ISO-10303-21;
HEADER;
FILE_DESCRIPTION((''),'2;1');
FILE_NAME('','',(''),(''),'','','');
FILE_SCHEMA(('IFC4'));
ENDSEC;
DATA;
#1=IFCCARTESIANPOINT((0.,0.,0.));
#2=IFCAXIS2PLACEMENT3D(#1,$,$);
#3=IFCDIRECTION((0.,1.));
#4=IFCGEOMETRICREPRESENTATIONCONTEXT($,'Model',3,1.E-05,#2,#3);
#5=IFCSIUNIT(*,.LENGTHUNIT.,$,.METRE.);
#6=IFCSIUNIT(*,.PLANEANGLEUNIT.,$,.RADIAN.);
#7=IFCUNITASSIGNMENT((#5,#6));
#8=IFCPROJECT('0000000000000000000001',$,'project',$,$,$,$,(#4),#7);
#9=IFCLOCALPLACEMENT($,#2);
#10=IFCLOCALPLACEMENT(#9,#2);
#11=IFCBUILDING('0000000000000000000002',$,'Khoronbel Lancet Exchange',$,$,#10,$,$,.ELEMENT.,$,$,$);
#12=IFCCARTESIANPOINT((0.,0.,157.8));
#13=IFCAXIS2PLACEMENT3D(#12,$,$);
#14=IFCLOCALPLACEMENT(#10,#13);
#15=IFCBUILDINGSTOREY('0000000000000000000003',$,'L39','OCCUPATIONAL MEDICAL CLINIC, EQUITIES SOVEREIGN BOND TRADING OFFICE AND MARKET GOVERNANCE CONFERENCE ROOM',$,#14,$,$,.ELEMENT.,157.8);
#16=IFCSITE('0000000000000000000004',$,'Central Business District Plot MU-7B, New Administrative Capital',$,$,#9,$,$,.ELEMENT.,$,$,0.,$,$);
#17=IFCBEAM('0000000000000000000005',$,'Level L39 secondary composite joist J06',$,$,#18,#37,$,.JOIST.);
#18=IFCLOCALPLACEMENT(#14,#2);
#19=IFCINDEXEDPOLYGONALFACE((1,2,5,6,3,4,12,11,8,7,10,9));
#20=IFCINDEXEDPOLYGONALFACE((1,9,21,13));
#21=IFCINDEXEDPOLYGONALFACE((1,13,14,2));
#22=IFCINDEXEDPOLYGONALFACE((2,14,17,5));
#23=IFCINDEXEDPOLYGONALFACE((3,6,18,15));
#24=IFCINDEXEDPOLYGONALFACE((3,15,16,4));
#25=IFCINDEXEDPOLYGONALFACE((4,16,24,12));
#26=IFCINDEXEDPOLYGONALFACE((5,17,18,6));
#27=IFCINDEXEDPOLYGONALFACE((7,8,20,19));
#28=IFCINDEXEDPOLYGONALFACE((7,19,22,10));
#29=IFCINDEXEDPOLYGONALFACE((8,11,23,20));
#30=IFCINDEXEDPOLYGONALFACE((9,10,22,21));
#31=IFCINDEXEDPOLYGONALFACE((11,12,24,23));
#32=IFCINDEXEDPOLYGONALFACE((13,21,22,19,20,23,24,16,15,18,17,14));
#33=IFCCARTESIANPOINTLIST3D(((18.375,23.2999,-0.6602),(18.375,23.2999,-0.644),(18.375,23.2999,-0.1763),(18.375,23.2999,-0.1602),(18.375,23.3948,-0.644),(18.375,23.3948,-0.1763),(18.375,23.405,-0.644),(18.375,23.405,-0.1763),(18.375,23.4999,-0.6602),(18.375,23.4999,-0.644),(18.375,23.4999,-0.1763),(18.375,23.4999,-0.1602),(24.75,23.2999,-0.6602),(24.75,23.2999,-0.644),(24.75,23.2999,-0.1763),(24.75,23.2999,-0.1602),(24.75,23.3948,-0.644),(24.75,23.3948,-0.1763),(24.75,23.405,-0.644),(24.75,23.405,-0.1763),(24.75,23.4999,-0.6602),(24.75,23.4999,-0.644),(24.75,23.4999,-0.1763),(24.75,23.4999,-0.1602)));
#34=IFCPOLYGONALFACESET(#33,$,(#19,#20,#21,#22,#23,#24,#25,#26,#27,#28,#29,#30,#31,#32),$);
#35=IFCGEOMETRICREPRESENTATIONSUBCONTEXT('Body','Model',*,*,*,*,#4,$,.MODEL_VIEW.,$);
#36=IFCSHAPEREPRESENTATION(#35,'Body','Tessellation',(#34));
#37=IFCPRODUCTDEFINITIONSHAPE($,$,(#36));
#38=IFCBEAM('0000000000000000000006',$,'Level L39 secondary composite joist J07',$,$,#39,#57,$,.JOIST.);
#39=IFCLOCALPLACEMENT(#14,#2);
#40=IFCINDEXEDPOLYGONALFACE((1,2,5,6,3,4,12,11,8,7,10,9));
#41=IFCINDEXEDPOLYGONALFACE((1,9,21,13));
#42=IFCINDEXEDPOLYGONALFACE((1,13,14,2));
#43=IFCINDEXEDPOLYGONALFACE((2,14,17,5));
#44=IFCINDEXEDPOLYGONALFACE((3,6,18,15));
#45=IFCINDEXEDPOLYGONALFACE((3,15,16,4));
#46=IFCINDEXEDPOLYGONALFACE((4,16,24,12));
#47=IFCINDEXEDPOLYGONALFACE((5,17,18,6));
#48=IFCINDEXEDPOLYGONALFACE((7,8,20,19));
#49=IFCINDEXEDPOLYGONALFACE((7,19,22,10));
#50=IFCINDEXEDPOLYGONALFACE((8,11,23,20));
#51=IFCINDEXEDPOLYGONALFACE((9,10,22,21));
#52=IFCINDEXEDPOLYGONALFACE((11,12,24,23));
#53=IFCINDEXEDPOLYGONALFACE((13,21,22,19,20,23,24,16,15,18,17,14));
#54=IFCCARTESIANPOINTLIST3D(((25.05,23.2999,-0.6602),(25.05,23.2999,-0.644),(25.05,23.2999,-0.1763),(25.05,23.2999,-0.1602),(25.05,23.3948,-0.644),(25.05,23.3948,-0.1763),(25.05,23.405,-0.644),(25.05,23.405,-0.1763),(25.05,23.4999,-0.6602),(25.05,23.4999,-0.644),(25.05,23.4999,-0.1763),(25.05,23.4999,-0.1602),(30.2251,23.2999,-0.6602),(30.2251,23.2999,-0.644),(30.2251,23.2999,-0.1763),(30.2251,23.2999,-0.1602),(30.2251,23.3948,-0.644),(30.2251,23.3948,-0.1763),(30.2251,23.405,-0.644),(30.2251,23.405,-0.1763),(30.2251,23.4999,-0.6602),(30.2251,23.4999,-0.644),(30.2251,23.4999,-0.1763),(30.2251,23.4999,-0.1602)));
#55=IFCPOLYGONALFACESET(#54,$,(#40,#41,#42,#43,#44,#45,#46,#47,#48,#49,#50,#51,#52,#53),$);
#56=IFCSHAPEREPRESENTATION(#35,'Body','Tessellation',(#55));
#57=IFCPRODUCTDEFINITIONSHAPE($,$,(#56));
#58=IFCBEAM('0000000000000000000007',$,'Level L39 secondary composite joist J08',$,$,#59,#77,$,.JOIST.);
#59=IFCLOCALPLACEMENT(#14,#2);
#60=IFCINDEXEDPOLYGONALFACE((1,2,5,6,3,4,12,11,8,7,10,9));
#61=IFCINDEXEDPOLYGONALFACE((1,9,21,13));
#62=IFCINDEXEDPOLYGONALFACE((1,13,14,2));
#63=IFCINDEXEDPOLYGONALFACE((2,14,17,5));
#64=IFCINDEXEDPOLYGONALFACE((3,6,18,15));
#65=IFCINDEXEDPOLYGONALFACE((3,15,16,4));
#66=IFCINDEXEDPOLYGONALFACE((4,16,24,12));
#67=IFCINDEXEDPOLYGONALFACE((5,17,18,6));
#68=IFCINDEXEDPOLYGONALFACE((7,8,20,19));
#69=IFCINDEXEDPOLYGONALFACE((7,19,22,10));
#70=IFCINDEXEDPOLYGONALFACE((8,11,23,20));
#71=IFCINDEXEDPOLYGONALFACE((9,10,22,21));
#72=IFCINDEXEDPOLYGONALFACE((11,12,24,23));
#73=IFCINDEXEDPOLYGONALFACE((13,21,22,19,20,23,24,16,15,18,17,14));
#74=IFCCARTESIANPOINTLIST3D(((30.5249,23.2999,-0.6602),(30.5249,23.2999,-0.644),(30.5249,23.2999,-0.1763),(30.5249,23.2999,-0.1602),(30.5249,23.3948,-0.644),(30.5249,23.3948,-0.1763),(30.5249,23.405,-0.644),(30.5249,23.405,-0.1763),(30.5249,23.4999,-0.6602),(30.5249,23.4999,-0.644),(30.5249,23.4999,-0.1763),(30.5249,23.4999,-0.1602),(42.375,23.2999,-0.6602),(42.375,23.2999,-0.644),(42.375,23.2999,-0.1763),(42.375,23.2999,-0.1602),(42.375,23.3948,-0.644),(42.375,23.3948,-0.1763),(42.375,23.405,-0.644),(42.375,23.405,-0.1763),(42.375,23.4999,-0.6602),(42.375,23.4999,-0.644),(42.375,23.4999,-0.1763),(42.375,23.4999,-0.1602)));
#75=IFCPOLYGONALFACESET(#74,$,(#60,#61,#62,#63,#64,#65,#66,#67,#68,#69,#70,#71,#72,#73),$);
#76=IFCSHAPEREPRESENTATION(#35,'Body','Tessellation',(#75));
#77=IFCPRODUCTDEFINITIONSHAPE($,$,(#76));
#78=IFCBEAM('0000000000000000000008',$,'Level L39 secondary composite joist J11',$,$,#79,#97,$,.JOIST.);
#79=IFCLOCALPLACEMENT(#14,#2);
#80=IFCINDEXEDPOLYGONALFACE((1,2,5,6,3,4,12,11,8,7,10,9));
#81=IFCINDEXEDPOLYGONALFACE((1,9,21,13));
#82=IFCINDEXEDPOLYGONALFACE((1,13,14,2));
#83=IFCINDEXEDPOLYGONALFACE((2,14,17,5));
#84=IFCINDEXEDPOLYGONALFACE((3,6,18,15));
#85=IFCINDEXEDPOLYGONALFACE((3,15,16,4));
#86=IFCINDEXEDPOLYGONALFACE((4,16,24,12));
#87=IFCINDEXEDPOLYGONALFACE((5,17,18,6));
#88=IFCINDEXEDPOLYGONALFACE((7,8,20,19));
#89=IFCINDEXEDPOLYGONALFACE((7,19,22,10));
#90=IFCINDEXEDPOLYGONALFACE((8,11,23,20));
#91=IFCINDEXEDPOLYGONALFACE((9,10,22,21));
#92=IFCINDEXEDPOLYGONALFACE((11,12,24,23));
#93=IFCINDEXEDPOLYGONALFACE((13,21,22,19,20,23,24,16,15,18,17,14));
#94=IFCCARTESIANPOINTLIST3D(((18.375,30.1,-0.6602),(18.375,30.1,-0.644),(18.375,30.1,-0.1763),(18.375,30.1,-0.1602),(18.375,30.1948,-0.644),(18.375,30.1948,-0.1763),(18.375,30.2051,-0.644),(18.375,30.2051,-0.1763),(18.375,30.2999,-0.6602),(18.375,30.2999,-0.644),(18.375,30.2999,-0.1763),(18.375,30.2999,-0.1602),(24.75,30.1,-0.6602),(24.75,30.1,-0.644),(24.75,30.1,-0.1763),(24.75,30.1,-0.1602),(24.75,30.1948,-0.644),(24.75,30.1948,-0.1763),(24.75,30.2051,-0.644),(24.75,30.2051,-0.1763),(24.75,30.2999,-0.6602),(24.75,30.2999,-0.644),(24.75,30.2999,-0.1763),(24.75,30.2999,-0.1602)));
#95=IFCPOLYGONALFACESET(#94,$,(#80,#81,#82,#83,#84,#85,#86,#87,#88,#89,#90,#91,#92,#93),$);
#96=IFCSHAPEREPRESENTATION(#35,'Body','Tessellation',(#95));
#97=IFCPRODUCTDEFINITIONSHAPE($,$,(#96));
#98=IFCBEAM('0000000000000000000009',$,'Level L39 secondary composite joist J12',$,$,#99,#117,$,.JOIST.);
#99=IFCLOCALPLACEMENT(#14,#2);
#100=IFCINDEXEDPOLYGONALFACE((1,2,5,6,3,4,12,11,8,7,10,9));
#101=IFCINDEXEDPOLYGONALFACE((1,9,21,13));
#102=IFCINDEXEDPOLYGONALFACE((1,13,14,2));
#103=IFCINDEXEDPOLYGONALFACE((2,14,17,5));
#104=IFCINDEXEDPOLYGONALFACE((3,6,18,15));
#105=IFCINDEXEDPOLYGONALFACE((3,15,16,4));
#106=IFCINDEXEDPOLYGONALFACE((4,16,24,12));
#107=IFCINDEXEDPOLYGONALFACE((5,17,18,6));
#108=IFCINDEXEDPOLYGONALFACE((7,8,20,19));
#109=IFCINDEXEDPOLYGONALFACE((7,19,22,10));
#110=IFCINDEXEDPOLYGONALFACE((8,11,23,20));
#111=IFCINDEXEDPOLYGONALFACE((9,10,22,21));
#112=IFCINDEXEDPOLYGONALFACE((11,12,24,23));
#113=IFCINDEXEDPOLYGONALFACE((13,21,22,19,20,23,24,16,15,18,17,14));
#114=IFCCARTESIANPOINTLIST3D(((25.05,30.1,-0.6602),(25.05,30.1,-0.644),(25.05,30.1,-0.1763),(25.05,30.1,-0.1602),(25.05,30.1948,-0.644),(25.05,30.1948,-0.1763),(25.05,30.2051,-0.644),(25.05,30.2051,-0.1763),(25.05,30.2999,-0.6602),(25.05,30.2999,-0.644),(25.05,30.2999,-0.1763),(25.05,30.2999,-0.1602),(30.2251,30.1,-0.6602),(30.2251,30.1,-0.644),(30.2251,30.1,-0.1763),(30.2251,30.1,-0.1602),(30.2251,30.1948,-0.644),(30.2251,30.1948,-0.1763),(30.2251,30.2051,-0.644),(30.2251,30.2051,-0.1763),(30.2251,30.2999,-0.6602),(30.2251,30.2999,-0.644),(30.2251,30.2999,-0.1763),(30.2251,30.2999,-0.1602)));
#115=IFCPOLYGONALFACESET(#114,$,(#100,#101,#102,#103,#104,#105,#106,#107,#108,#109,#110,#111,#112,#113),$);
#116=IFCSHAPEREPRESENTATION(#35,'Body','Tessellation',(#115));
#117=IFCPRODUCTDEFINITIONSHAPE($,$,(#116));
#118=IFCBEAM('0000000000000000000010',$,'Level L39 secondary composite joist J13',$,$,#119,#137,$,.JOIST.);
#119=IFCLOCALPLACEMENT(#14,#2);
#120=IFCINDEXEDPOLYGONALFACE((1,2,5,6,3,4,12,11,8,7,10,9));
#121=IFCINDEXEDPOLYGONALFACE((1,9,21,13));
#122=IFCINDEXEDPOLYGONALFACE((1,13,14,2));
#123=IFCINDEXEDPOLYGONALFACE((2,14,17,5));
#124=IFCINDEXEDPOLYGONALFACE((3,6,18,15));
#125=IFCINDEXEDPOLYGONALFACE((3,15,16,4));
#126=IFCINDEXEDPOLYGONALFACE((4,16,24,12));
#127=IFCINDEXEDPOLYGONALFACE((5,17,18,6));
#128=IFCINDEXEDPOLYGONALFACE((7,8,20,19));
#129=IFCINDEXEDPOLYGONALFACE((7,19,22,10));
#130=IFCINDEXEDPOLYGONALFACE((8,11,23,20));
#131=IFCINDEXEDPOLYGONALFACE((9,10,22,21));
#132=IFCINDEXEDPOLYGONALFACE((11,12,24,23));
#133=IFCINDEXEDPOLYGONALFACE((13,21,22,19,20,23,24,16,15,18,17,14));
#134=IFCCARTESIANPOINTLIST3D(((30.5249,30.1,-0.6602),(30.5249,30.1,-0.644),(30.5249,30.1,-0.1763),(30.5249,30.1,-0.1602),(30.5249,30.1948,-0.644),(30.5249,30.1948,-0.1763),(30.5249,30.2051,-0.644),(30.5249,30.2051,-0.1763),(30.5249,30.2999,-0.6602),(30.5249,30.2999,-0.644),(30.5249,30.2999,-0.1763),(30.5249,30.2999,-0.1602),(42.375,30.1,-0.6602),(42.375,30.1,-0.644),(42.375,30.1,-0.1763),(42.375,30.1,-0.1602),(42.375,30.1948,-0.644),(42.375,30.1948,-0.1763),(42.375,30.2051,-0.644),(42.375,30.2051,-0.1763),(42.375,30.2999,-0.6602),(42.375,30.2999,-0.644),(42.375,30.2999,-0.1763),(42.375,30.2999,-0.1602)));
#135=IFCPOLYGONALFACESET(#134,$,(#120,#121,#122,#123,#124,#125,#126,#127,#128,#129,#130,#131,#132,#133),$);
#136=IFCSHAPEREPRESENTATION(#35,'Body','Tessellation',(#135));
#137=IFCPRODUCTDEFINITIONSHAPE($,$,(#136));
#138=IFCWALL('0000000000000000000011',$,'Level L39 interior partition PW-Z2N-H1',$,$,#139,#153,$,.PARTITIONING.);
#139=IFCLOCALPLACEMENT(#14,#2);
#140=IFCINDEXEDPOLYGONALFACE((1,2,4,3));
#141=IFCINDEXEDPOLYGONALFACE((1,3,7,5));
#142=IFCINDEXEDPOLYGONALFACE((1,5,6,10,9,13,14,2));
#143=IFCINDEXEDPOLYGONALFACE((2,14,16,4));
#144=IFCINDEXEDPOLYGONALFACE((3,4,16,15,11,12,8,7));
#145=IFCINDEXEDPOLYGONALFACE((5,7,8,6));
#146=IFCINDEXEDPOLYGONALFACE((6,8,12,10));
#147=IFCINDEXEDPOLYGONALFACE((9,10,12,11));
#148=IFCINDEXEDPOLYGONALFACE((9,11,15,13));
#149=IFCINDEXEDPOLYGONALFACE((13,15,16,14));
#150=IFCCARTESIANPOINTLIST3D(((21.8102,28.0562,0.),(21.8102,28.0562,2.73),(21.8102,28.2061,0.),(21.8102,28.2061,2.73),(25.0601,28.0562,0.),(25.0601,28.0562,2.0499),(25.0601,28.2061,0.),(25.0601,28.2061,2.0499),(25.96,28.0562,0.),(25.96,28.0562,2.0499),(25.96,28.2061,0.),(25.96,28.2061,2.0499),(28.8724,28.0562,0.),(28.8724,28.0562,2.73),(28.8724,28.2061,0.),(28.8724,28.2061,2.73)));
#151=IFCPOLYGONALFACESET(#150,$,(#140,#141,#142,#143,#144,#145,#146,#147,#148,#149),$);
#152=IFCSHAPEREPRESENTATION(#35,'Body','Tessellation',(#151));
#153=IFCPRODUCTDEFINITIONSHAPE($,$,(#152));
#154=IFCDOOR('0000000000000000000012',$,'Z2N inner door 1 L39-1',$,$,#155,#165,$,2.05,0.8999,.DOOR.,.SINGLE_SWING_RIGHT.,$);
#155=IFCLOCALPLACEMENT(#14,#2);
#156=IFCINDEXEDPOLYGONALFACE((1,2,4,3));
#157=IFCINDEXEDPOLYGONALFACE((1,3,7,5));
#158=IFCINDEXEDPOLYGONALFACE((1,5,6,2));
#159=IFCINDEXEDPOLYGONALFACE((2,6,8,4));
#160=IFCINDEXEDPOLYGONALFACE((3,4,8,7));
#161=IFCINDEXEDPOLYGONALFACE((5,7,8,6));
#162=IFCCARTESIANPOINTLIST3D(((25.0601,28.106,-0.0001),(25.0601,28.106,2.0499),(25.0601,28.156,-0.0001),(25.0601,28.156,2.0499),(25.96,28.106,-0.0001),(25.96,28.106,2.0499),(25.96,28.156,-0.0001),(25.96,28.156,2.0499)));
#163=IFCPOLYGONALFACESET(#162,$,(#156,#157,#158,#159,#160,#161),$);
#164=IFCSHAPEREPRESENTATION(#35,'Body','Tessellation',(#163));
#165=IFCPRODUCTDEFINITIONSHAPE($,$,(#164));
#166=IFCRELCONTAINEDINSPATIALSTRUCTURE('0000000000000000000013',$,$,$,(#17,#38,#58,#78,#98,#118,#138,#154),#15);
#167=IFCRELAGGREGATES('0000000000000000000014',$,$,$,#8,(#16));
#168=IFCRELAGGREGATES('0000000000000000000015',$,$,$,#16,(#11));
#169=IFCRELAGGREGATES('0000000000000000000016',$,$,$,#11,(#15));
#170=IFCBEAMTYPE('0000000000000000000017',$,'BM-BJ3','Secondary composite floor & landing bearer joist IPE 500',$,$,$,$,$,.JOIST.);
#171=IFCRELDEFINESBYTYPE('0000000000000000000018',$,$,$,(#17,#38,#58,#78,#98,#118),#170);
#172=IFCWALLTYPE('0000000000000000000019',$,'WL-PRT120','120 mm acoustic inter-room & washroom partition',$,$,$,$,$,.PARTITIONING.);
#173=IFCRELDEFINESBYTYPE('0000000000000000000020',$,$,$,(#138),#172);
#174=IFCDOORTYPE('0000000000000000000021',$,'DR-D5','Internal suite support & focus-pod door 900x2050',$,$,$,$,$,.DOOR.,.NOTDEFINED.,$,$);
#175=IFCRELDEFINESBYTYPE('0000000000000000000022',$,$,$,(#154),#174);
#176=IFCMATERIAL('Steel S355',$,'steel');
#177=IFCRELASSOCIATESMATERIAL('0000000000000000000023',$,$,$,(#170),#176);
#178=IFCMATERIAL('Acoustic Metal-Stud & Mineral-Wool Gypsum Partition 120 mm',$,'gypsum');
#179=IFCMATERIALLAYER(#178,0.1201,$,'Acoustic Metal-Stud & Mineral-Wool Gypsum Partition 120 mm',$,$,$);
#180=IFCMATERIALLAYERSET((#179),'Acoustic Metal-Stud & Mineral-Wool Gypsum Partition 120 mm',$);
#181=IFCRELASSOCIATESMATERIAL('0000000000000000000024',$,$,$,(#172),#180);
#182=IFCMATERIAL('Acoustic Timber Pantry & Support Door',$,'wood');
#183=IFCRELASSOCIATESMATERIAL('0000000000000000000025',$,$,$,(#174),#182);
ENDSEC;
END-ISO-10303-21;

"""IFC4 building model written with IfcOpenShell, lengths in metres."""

from ifc_helpers import new_model, si_unit, direction, frame, frame_2d, origin, origin_2d, place, context, subcontext, project, spatial, rectangle, i_section, extrude, material, layer, layer_set, material_profile, profile_set, type_object, element, fill, save


model = new_model("IFC4")

# Units and contexts
model_context = context("Model", 3, precision=1e-05, world=origin(), true_north=direction((0.0, 1.0)))
body_context = subcontext(model_context, "Body", "Model", "MODEL_VIEW")
ifc_project = project(units=[si_unit("LENGTHUNIT", "METRE"), si_unit("PLANEANGLEUNIT", "RADIAN")], contexts=[model_context])

# Site, building, storey
site_placement = place(None, origin())
site = spatial("IfcSite", under=ifc_project, at=site_placement, Name="Central Business District Plot MU-7B, New Administrative Capital", CompositionType="ELEMENT", RefElevation=0.0)
building_placement = place(site_placement, origin())
building = spatial("IfcBuilding", under=site, at=building_placement, Name="Khoronbel Lancet Exchange", CompositionType="ELEMENT")
storey_placement = place(building_placement, frame((0.0, 0.0, 157.8)))
storey = spatial("IfcBuildingStorey", under=building, at=storey_placement, Name="L39", Description="OCCUPATIONAL MEDICAL CLINIC, EQUITIES SOVEREIGN BOND TRADING OFFICE AND MARKET GOVERNANCE CONFERENCE ROOM", CompositionType="ELEMENT", Elevation=157.8)

# Beams
ifc_material_1 = material(Name="Steel S355", Category="steel")
ifc_material_profile = material_profile(ifc_material_1, i_section(OverallWidth=0.2, OverallDepth=0.5, WebThickness=0.0103, FlangeThickness=0.0161, at=origin_2d()), Name="IPE 500")
ifc_profile_set = profile_set([ifc_material_profile], Name="Steel S355")
beam_type = type_object("IfcBeamType", Name="BM-BJ3", Description="Secondary composite floor & landing bearer joist IPE 500", PredefinedType="JOIST", material=ifc_profile_set)
beam_1_placement = place(storey_placement, frame((18.375, 23.3999, -0.4102), z_axis=(1.0, 0.0, 0.0), x_axis=(0.0, 1.0, 0.0)))
element("IfcBeam", 1, at=beam_1_placement, inside=storey, type_object=beam_type, Name="Level L39 secondary composite joist J06", PredefinedType="JOIST", context=body_context, shape_type="SweptSolid", body=[
    extrude(i_section(OverallWidth=0.2, OverallDepth=0.5, WebThickness=0.0103, FlangeThickness=0.0161, at=origin_2d()), origin(), (0.0, 0.0, 1.0), 6.375),
])
beam_2_placement = place(storey_placement, frame((25.05, 23.3999, -0.4102), z_axis=(1.0, 0.0, 0.0), x_axis=(0.0, 1.0, 0.0)))
element("IfcBeam", 2, at=beam_2_placement, inside=storey, type_object=beam_type, Name="Level L39 secondary composite joist J07", PredefinedType="JOIST", context=body_context, shape_type="SweptSolid", body=[
    extrude(i_section(OverallWidth=0.2, OverallDepth=0.5, WebThickness=0.0103, FlangeThickness=0.0161, at=origin_2d()), origin(), (0.0, 0.0, 1.0), 5.175),
])
beam_3_placement = place(storey_placement, frame((30.5249, 23.3999, -0.4102), z_axis=(1.0, 0.0, 0.0), x_axis=(0.0, 1.0, 0.0)))
element("IfcBeam", 3, at=beam_3_placement, inside=storey, type_object=beam_type, Name="Level L39 secondary composite joist J08", PredefinedType="JOIST", context=body_context, shape_type="SweptSolid", body=[
    extrude(i_section(OverallWidth=0.2, OverallDepth=0.5, WebThickness=0.0103, FlangeThickness=0.0161, at=origin_2d()), origin(), (0.0, 0.0, 1.0), 11.8501),
])
beam_4_placement = place(storey_placement, frame((18.375, 30.2, -0.4102), z_axis=(1.0, 0.0, 0.0), x_axis=(0.0, 1.0, 0.0)))
element("IfcBeam", 4, at=beam_4_placement, inside=storey, type_object=beam_type, Name="Level L39 secondary composite joist J11", PredefinedType="JOIST", context=body_context, shape_type="SweptSolid", body=[
    extrude(i_section(OverallWidth=0.2, OverallDepth=0.5, WebThickness=0.0103, FlangeThickness=0.0161, at=origin_2d()), origin(), (0.0, 0.0, 1.0), 6.375),
])
beam_5_placement = place(storey_placement, frame((25.05, 30.2, -0.4102), z_axis=(1.0, 0.0, 0.0), x_axis=(0.0, 1.0, 0.0)))
element("IfcBeam", 5, at=beam_5_placement, inside=storey, type_object=beam_type, Name="Level L39 secondary composite joist J12", PredefinedType="JOIST", context=body_context, shape_type="SweptSolid", body=[
    extrude(i_section(OverallWidth=0.2, OverallDepth=0.5, WebThickness=0.0103, FlangeThickness=0.0161, at=origin_2d()), origin(), (0.0, 0.0, 1.0), 5.175),
])
beam_6_placement = place(storey_placement, frame((30.5249, 30.2, -0.4102), z_axis=(1.0, 0.0, 0.0), x_axis=(0.0, 1.0, 0.0)))
element("IfcBeam", 6, at=beam_6_placement, inside=storey, type_object=beam_type, Name="Level L39 secondary composite joist J13", PredefinedType="JOIST", context=body_context, shape_type="SweptSolid", body=[
    extrude(i_section(OverallWidth=0.2, OverallDepth=0.5, WebThickness=0.0103, FlangeThickness=0.0161, at=origin_2d()), origin(), (0.0, 0.0, 1.0), 11.8501),
])

# Wall, opening, door
ifc_material_2 = material(Name="Acoustic Metal-Stud & Mineral-Wool Gypsum Partition 120 mm", Category="gypsum")
ifc_layer_1 = layer(ifc_material_2, 0.1201, Name="Acoustic Metal-Stud & Mineral-Wool Gypsum Partition 120 mm")
ifc_layer_set_1 = layer_set([ifc_layer_1], Name="Acoustic Metal-Stud & Mineral-Wool Gypsum Partition 120 mm")
wall_type_1 = type_object("IfcWallType", Name="WL-PRT120", Description="120 mm acoustic inter-room & washroom partition", PredefinedType="PARTITIONING", material=ifc_layer_set_1)
wall_1_placement = place(storey_placement, frame((21.8101, 28.1311, 0.0), z_axis=(0.0, 0.0, 1.0), x_axis=(1.0, 0.0, 0.0)))
wall_1 = element("IfcWall", 7, at=wall_1_placement, inside=storey, type_object=wall_type_1, Name="Level L39 interior partition PW-Z2N-H1", PredefinedType="PARTITIONING", context=body_context, shape_type="SweptSolid", body=[
    extrude(rectangle(XDim=7.0623, YDim=0.1499, at=frame_2d((3.5312, 0.0))), origin(), (0.0, 0.0, 1.0), 2.73),
])
opening_1_placement = place(wall_1_placement, frame((3.25, 0.0, 0.0)))
opening_1 = element("IfcOpeningElement", 8, at=opening_1_placement, cuts=wall_1, PredefinedType="OPENING", context=body_context, shape_type="SweptSolid", body=[
    extrude(rectangle(XDim=0.8999, YDim=2.05, at=frame_2d((0.45, 1.0249))), frame((0.0, 0.085, 0.0), z_axis=(0.0, -1.0, 0.0), x_axis=(1.0, 0.0, 0.0)), (0.0, 0.0, 1.0), 0.1699),
])
ifc_material_3 = material(Name="Acoustic Timber Pantry & Support Door", Category="wood")
door_type_1 = type_object("IfcDoorType", Name="DR-D5", Description="Internal suite support & focus-pod door 900x2050", OperationType="NOTDEFINED", PredefinedType="DOOR", material=ifc_material_3)
door_1_placement = place(opening_1_placement, origin())
door_1 = element("IfcDoor", 9, at=door_1_placement, inside=storey, type_object=door_type_1, Name="Z2N inner door 1 L39-1", OperationType="SINGLE_SWING_RIGHT", OverallHeight=2.05, OverallWidth=0.8999, PredefinedType="DOOR", context=body_context, shape_type="SweptSolid", body=[
    extrude(rectangle(XDim=0.8999, YDim=2.05, at=frame_2d((0.45, 1.0249))), frame((0.0, 0.0249, 0.0), z_axis=(0.0, -1.0, 0.0), x_axis=(1.0, 0.0, 0.0)), (0.0, 0.0, 1.0), 0.05),
])
fill(opening_1, door_1)

save(model, "model.ifc")
